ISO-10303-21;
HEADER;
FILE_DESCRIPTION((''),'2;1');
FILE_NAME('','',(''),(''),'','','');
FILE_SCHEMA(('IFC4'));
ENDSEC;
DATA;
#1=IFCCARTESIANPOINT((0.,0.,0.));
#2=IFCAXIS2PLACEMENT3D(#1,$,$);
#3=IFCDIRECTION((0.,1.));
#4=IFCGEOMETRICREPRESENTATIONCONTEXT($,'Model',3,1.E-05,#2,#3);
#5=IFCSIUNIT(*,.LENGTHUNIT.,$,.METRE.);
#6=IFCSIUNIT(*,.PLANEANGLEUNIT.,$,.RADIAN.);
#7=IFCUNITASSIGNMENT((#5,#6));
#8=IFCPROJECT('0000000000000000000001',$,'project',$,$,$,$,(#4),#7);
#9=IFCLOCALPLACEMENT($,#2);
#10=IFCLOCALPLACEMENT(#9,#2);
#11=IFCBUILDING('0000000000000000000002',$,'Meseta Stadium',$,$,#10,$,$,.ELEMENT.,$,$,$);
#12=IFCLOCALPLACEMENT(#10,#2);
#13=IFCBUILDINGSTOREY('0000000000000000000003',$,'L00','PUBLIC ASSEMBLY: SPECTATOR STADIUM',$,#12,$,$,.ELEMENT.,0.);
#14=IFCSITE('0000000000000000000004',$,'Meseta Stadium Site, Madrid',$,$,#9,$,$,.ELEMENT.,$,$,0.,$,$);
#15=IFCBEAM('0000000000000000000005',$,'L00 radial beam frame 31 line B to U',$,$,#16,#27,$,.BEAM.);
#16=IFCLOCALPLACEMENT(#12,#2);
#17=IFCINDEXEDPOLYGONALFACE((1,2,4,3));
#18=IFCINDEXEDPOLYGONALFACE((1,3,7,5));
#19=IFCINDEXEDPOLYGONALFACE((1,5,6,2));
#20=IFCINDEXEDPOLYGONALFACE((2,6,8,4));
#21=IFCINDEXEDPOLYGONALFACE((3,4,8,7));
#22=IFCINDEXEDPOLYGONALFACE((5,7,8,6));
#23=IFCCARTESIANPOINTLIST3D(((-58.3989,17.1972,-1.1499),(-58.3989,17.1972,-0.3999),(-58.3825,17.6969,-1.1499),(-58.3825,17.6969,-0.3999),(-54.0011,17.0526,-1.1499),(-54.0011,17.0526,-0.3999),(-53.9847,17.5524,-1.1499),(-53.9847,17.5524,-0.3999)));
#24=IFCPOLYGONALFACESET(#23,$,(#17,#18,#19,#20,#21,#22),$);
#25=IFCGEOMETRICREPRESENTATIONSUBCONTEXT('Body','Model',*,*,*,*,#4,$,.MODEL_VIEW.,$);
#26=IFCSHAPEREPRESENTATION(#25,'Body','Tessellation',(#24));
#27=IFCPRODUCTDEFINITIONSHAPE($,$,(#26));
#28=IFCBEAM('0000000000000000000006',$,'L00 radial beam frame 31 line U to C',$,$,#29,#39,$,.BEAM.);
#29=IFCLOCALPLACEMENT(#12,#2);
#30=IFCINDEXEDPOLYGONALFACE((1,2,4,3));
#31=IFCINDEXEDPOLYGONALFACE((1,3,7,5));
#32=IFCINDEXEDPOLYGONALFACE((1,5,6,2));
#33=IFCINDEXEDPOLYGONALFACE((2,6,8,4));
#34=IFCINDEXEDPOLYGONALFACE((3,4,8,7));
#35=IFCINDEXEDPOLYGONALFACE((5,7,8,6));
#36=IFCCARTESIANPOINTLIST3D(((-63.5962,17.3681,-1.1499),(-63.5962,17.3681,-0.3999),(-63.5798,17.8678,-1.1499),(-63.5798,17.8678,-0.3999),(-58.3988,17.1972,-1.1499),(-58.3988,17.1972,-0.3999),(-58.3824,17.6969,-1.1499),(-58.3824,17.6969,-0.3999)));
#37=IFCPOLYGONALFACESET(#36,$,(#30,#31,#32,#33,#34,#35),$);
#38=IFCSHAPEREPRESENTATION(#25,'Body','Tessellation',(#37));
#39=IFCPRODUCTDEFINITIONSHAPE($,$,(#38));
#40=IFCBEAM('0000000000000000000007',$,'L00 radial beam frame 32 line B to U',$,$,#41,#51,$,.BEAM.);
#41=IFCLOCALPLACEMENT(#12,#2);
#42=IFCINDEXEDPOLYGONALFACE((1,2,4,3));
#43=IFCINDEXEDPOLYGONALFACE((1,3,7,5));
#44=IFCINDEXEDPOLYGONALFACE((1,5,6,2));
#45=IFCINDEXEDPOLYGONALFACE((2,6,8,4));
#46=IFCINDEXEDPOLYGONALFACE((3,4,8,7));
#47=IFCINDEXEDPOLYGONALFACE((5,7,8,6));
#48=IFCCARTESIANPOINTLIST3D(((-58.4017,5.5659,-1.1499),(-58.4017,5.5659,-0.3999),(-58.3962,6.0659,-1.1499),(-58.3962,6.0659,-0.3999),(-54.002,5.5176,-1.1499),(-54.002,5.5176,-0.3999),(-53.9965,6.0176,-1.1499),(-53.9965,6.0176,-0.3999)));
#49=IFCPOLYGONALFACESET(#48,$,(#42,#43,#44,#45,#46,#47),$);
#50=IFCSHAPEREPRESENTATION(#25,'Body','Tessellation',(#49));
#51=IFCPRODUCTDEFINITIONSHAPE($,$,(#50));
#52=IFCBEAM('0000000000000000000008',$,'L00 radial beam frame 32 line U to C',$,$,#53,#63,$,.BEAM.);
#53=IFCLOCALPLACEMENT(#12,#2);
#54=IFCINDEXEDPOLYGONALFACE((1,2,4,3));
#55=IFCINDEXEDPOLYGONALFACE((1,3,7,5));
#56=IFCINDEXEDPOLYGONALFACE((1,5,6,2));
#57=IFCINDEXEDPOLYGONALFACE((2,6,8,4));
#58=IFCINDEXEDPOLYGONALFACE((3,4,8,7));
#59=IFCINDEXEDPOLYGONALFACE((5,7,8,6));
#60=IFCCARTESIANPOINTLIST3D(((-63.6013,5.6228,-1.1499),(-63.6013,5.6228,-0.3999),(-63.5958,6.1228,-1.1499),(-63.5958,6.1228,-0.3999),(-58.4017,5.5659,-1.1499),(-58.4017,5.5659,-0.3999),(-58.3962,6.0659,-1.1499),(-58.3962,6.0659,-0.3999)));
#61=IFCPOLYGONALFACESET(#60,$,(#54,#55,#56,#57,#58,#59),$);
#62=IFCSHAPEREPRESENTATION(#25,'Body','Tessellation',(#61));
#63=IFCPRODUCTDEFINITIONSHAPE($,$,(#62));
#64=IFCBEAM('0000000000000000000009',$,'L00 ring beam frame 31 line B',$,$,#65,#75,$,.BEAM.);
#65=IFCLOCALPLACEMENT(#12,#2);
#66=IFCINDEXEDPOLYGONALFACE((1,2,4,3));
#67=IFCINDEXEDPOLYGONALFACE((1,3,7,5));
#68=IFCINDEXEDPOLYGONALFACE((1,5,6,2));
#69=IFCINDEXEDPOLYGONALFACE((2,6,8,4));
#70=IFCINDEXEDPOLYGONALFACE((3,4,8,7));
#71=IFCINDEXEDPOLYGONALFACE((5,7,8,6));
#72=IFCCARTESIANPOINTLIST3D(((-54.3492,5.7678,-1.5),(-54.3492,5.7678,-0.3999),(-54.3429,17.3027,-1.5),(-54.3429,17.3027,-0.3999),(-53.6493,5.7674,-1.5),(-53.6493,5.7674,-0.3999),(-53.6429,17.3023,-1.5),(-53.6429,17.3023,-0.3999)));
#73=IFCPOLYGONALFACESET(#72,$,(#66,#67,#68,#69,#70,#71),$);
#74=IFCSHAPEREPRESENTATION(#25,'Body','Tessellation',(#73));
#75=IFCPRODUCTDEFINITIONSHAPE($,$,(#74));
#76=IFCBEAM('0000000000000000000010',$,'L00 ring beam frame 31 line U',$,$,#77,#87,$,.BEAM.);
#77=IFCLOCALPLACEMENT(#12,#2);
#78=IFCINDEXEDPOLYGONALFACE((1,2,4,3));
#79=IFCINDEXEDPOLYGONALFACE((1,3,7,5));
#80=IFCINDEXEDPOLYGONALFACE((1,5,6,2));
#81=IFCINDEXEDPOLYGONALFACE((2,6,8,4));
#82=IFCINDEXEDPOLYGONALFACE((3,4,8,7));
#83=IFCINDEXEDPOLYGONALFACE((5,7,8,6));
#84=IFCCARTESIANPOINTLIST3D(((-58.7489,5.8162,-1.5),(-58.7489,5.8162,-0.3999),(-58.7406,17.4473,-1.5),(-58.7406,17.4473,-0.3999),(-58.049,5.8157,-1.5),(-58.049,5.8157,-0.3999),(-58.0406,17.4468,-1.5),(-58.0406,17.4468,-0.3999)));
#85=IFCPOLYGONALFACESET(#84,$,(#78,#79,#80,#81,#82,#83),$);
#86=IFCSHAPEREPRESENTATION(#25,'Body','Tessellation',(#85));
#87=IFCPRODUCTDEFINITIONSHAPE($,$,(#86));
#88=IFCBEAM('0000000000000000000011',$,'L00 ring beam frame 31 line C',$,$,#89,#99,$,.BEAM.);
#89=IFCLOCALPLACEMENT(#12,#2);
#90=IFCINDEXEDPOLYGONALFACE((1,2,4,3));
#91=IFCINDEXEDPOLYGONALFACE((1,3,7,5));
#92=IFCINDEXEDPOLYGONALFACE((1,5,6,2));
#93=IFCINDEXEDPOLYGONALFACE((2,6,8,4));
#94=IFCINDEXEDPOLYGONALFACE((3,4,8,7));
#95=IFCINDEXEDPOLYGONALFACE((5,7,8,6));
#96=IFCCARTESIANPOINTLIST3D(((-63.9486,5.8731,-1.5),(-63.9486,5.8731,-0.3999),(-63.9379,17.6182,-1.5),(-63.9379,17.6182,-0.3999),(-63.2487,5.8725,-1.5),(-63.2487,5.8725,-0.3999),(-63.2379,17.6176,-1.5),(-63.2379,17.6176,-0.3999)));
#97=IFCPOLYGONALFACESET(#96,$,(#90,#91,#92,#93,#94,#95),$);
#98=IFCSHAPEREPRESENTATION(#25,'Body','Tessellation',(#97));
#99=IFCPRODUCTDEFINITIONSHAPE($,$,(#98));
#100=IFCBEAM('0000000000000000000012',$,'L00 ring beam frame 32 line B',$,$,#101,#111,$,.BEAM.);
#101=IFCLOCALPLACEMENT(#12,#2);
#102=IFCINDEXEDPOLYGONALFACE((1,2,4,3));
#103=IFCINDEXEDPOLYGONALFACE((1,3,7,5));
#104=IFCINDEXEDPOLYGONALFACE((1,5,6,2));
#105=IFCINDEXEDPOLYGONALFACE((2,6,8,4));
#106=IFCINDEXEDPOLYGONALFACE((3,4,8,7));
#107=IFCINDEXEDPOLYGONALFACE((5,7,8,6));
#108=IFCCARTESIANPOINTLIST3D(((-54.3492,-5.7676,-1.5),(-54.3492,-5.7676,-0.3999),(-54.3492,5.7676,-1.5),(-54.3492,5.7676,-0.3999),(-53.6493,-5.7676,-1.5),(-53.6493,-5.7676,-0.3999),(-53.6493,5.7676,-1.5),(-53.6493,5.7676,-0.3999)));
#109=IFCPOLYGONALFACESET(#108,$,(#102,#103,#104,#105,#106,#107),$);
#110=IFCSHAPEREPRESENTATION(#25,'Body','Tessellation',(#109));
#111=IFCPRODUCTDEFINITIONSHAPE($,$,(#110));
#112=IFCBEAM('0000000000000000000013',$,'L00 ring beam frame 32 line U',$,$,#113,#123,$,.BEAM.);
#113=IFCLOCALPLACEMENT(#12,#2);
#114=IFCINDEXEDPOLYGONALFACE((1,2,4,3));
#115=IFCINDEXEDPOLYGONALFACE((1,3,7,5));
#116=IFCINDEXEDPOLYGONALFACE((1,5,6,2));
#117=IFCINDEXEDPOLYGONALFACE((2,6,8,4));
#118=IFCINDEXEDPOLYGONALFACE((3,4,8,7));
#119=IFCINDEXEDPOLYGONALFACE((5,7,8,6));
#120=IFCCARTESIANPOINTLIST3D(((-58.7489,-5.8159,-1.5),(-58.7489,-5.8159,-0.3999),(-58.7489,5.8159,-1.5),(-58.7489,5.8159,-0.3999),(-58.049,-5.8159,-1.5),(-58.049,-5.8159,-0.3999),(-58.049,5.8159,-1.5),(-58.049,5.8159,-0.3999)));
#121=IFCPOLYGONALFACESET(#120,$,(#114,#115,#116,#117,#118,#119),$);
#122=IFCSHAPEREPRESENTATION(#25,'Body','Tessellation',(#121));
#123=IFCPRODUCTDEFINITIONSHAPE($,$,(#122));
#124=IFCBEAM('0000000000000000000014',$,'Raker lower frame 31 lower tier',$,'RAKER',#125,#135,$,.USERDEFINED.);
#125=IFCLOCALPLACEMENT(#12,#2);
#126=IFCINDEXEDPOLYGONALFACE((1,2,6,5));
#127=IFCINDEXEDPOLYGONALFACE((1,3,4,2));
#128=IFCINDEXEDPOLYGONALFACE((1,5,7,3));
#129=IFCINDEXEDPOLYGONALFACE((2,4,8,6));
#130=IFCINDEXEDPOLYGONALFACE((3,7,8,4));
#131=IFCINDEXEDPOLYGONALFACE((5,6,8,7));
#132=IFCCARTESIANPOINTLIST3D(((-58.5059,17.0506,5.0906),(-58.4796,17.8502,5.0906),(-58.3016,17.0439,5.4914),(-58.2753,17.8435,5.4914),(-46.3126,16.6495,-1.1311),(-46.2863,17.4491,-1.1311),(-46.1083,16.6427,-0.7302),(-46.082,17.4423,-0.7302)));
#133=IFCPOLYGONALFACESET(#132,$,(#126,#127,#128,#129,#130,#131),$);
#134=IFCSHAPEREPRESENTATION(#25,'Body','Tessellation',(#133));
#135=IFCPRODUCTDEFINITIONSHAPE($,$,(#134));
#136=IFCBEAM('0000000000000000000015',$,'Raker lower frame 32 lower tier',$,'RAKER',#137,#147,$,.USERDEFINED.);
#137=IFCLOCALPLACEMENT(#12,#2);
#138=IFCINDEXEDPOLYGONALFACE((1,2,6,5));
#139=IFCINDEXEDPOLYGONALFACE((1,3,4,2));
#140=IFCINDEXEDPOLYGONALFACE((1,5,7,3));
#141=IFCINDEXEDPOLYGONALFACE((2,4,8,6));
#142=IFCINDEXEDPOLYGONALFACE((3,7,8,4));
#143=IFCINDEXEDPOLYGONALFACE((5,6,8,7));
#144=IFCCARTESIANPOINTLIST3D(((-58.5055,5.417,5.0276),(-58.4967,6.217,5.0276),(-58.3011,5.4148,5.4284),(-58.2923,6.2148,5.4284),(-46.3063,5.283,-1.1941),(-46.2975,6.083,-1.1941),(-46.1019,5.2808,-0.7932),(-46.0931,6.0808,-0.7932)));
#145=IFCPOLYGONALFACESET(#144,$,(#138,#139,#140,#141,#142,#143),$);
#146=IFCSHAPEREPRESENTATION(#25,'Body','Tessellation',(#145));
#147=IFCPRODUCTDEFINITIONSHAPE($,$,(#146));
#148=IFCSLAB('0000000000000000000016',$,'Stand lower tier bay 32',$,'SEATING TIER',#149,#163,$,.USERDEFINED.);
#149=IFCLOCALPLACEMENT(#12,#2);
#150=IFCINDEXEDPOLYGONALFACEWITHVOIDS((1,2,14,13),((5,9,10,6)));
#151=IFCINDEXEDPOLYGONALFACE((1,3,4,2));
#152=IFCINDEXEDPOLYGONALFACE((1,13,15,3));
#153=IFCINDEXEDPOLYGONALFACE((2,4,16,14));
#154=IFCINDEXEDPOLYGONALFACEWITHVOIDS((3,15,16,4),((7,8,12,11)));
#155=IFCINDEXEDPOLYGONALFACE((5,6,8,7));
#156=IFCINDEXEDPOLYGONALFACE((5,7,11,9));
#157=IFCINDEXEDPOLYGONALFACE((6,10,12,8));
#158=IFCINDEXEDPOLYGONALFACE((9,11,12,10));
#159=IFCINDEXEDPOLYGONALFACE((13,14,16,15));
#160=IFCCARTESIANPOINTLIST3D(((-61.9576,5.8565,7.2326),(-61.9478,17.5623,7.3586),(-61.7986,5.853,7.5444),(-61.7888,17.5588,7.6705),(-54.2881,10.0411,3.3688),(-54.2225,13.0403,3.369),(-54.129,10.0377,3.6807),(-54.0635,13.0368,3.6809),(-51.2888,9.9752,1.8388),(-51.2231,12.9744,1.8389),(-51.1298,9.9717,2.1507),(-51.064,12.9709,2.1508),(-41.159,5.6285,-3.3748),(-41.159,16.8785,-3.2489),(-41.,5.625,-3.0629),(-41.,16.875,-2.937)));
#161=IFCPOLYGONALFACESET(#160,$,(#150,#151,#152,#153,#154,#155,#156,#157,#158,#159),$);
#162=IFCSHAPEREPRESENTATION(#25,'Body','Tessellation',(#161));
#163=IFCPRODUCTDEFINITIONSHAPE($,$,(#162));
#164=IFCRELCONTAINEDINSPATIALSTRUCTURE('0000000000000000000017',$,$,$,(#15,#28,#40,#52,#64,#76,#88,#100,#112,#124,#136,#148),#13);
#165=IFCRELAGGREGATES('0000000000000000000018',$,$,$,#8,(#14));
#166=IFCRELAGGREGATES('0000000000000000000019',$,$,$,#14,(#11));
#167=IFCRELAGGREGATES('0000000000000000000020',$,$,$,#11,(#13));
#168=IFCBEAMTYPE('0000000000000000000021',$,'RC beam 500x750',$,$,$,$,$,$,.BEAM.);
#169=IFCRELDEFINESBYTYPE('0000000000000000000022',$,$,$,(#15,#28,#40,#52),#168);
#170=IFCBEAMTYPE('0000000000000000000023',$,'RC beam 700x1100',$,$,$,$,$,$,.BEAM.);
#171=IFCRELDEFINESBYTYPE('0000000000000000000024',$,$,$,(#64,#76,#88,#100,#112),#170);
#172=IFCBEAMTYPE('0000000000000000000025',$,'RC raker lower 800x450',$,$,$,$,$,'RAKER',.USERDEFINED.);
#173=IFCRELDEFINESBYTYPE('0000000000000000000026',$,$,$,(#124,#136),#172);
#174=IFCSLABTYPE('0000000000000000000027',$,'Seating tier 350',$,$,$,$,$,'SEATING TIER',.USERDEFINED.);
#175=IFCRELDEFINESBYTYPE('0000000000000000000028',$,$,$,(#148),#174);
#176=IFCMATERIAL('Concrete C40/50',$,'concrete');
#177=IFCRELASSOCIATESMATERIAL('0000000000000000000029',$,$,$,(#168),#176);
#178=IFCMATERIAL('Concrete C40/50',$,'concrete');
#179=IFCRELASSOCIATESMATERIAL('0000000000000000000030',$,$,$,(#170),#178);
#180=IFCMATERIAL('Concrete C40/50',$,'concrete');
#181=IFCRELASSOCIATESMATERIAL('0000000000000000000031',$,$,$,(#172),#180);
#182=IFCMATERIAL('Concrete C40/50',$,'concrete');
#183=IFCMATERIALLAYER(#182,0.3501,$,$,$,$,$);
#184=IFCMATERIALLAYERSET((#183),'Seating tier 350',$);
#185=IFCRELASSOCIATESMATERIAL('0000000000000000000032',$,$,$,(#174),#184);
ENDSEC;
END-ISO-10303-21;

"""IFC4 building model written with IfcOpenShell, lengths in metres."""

from ifc_helpers import new_model, si_unit, direction, frame, origin, origin_2d, place, context, subcontext, project, spatial, polyline, rectangle, outline, extrude, material, layer, layer_set, material_profile, profile_set, type_object, element, save


model = new_model("IFC4")

# Units and contexts
model_context = context("Model", 3, precision=1e-05, world=origin(), true_north=direction((0.0, 1.0)))
body_context = subcontext(model_context, "Body", "Model", "MODEL_VIEW")
ifc_project = project(units=[si_unit("LENGTHUNIT", "METRE"), si_unit("PLANEANGLEUNIT", "RADIAN")], contexts=[model_context])

# Site, building, storey
site_placement = place(None, origin())
site = spatial("IfcSite", under=ifc_project, at=site_placement, Name="Meseta Stadium Site, Madrid", CompositionType="ELEMENT", RefElevation=0.0)
building_placement = place(site_placement, origin())
building = spatial("IfcBuilding", under=site, at=building_placement, Name="Meseta Stadium", CompositionType="ELEMENT")
storey_placement = place(building_placement, origin())
storey = spatial("IfcBuildingStorey", under=building, at=storey_placement, Name="L00", Description="PUBLIC ASSEMBLY: SPECTATOR STADIUM", CompositionType="ELEMENT", Elevation=0.0)

# Beams
ifc_material_1 = material(Name="Concrete C40/50", Category="concrete")
ifc_material_profile_1 = material_profile(ifc_material_1, rectangle(XDim=0.5, YDim=0.75, at=origin_2d()), Name="RC 500x750")
ifc_profile_set_1 = profile_set([ifc_material_profile_1], Name="Concrete C40/50")
beam_type_1 = type_object("IfcBeamType", Name="RC beam 500x750", PredefinedType="BEAM", material=ifc_profile_set_1)
beam_1_placement = place(storey_placement, frame((-53.9929, 17.3025, -0.7749), z_axis=(-0.99946, 0.032847, 0.0), x_axis=(-0.032847, -0.99946, 0.0)))
element("IfcBeam", 1, at=beam_1_placement, inside=storey, type_object=beam_type_1, Name="L00 radial beam frame 31 line B to U", PredefinedType="BEAM", context=body_context, shape_type="SweptSolid", body=[
    extrude(rectangle(XDim=0.5, YDim=0.75, at=origin_2d()), origin(), (0.0, 0.0, 1.0), 4.4001),
])
beam_2_placement = place(storey_placement, frame((-58.3906, 17.447, -0.7749), z_axis=(-0.99946, 0.032865, 0.0), x_axis=(-0.032865, -0.99946, 0.0)))
element("IfcBeam", 2, at=beam_2_placement, inside=storey, type_object=beam_type_1, Name="L00 radial beam frame 31 line U to C", PredefinedType="BEAM", context=body_context, shape_type="SweptSolid", body=[
    extrude(rectangle(XDim=0.5, YDim=0.75, at=origin_2d()), origin(), (0.0, 0.0, 1.0), 5.2002),
])
beam_3_placement = place(storey_placement, frame((-53.9993, 5.7676, -0.7749), z_axis=(-0.99994, 0.010987, 0.0), x_axis=(-0.010987, -0.99994, 0.0)))
element("IfcBeam", 3, at=beam_3_placement, inside=storey, type_object=beam_type_1, Name="L00 radial beam frame 32 line B to U", PredefinedType="BEAM", context=body_context, shape_type="SweptSolid", body=[
    extrude(rectangle(XDim=0.5, YDim=0.75, at=origin_2d()), origin(), (0.0, 0.0, 1.0), 4.3999),
])
beam_4_placement = place(storey_placement, frame((-58.3989, 5.8159, -0.7749), z_axis=(-0.99994, 0.010939, 0.0), x_axis=(-0.010939, -0.99994, 0.0)))
element("IfcBeam", 4, at=beam_4_placement, inside=storey, type_object=beam_type_1, Name="L00 radial beam frame 32 line U to C", PredefinedType="BEAM", context=body_context, shape_type="SweptSolid", body=[
    extrude(rectangle(XDim=0.5, YDim=0.75, at=origin_2d()), origin(), (0.0, 0.0, 1.0), 5.2),
])
ifc_material_2 = material(Name="Concrete C40/50", Category="concrete")
ifc_material_profile_2 = material_profile(ifc_material_2, rectangle(XDim=0.7, YDim=1.1001, at=origin_2d()), Name="RC 700x1100")
ifc_profile_set_2 = profile_set([ifc_material_profile_2], Name="Concrete C40/50")
beam_type_2 = type_object("IfcBeamType", Name="RC beam 700x1100", PredefinedType="BEAM", material=ifc_profile_set_2)
beam_5_placement = place(storey_placement, frame((-53.9929, 17.3025, -0.95), z_axis=(-0.00055, -1.0, 0.0), x_axis=(1.0, -0.00055, 0.0)))
element("IfcBeam", 5, at=beam_5_placement, inside=storey, type_object=beam_type_2, Name="L00 ring beam frame 31 line B", PredefinedType="BEAM", context=body_context, shape_type="SweptSolid", body=[
    extrude(rectangle(XDim=0.7, YDim=1.1001, at=origin_2d()), origin(), (0.0, 0.0, 1.0), 11.5349),
])
beam_6_placement = place(storey_placement, frame((-58.3906, 17.447, -0.95), z_axis=(-0.000714, -1.0, 0.0), x_axis=(1.0, -0.000714, 0.0)))
element("IfcBeam", 6, at=beam_6_placement, inside=storey, type_object=beam_type_2, Name="L00 ring beam frame 31 line U", PredefinedType="BEAM", context=body_context, shape_type="SweptSolid", body=[
    extrude(rectangle(XDim=0.7, YDim=1.1001, at=origin_2d()), origin(), (0.0, 0.0, 1.0), 11.6311),
])
beam_7_placement = place(storey_placement, frame((-63.5879, 17.6179, -0.95), z_axis=(-0.000915, -1.0, 0.0), x_axis=(1.0, -0.000915, 0.0)))
element("IfcBeam", 7, at=beam_7_placement, inside=storey, type_object=beam_type_2, Name="L00 ring beam frame 31 line C", PredefinedType="BEAM", context=body_context, shape_type="SweptSolid", body=[
    extrude(rectangle(XDim=0.7, YDim=1.1001, at=origin_2d()), origin(), (0.0, 0.0, 1.0), 11.7451),
])
beam_8_placement = place(storey_placement, frame((-53.9993, 5.7676, -0.95), z_axis=(0.0, -1.0, 0.0), x_axis=(1.0, 0.0, 0.0)))
element("IfcBeam", 8, at=beam_8_placement, inside=storey, type_object=beam_type_2, Name="L00 ring beam frame 32 line B", PredefinedType="BEAM", context=body_context, shape_type="SweptSolid", body=[
    extrude(rectangle(XDim=0.7, YDim=1.1001, at=origin_2d()), origin(), (0.0, 0.0, 1.0), 11.5352),
])
beam_9_placement = place(storey_placement, frame((-58.3989, 5.8159, -0.95), z_axis=(0.0, -1.0, 0.0), x_axis=(1.0, 0.0, 0.0)))
element("IfcBeam", 9, at=beam_9_placement, inside=storey, type_object=beam_type_2, Name="L00 ring beam frame 32 line U", PredefinedType="BEAM", context=body_context, shape_type="SweptSolid", body=[
    extrude(rectangle(XDim=0.7, YDim=1.1001, at=origin_2d()), origin(), (0.0, 0.0, 1.0), 11.6318),
])
ifc_material_3 = material(Name="Concrete C40/50", Category="concrete")
ifc_material_profile_3 = material_profile(ifc_material_3, rectangle(XDim=0.8, YDim=0.45, at=origin_2d()), Name="RC 800x450")
ifc_profile_set_3 = profile_set([ifc_material_profile_3], Name="Concrete C40/50")
beam_type_3 = type_object("IfcBeamType", Name="RC raker lower 800x450", ElementType="RAKER", PredefinedType="USERDEFINED", material=ifc_profile_set_3)
for number, where, z_axis, x_axis, name in (
    (10, (-46.1973, 17.0459, -0.9307), (-0.890363, 0.02929, 0.454309), (-0.032879, -0.999459, 0.0), "Raker lower frame 31 lower tier"),
    (11, (-46.1997, 5.6819, -0.9937), (-0.89079, 0.009787, 0.454309), (-0.010986, -0.99994, 0.0), "Raker lower frame 32 lower tier"),
):
    element("IfcBeam", number, at=place(storey_placement, frame(where, z_axis=z_axis, x_axis=x_axis)), inside=storey, type_object=beam_type_3, Name=name, ObjectType="RAKER", PredefinedType="USERDEFINED", context=body_context, shape_type="SweptSolid", body=[
        extrude(rectangle(XDim=0.8, YDim=0.45, at=origin_2d()), origin(), (0.0, 0.0, 1.0), 13.6948),
    ])

# Slab
ifc_material_4 = material(Name="Concrete C40/50", Category="concrete")
ifc_layer_1 = layer(ifc_material_4, 0.3501)
ifc_layer_set_1 = layer_set([ifc_layer_1], Name="Seating tier 350")
slab_type = type_object("IfcSlabType", Name="Seating tier 350", ElementType="SEATING TIER", PredefinedType="USERDEFINED", material=ifc_layer_set_1)
slab_1_placement = place(storey_placement, frame((-41.0, 16.875, -2.937), z_axis=(0.45422, -0.009971, 0.890834), x_axis=(-0.890363, 0.029288, 0.454307)))
element("IfcSlab", 12, at=slab_1_placement, inside=storey, type_object=slab_type, Name="Stand lower tier bay 32", ObjectType="SEATING TIER", PredefinedType="USERDEFINED", context=body_context, shape_type="SweptSolid", body=[
    extrude(outline(polyline([(0.0, 0.0), (23.3487, 0.0), (22.9573, 11.6999), (-0.3867, 11.2441), (0.0, 0.0)]), holes=[polyline([(11.1577, 4.2329), (14.5254, 4.2656), (14.4958, 7.2654), (11.1284, 7.2327), (11.1577, 4.2329)])]), origin(), (0.0, 0.0, -1.0), 0.3501),
])

save(model, "model.ifc")
